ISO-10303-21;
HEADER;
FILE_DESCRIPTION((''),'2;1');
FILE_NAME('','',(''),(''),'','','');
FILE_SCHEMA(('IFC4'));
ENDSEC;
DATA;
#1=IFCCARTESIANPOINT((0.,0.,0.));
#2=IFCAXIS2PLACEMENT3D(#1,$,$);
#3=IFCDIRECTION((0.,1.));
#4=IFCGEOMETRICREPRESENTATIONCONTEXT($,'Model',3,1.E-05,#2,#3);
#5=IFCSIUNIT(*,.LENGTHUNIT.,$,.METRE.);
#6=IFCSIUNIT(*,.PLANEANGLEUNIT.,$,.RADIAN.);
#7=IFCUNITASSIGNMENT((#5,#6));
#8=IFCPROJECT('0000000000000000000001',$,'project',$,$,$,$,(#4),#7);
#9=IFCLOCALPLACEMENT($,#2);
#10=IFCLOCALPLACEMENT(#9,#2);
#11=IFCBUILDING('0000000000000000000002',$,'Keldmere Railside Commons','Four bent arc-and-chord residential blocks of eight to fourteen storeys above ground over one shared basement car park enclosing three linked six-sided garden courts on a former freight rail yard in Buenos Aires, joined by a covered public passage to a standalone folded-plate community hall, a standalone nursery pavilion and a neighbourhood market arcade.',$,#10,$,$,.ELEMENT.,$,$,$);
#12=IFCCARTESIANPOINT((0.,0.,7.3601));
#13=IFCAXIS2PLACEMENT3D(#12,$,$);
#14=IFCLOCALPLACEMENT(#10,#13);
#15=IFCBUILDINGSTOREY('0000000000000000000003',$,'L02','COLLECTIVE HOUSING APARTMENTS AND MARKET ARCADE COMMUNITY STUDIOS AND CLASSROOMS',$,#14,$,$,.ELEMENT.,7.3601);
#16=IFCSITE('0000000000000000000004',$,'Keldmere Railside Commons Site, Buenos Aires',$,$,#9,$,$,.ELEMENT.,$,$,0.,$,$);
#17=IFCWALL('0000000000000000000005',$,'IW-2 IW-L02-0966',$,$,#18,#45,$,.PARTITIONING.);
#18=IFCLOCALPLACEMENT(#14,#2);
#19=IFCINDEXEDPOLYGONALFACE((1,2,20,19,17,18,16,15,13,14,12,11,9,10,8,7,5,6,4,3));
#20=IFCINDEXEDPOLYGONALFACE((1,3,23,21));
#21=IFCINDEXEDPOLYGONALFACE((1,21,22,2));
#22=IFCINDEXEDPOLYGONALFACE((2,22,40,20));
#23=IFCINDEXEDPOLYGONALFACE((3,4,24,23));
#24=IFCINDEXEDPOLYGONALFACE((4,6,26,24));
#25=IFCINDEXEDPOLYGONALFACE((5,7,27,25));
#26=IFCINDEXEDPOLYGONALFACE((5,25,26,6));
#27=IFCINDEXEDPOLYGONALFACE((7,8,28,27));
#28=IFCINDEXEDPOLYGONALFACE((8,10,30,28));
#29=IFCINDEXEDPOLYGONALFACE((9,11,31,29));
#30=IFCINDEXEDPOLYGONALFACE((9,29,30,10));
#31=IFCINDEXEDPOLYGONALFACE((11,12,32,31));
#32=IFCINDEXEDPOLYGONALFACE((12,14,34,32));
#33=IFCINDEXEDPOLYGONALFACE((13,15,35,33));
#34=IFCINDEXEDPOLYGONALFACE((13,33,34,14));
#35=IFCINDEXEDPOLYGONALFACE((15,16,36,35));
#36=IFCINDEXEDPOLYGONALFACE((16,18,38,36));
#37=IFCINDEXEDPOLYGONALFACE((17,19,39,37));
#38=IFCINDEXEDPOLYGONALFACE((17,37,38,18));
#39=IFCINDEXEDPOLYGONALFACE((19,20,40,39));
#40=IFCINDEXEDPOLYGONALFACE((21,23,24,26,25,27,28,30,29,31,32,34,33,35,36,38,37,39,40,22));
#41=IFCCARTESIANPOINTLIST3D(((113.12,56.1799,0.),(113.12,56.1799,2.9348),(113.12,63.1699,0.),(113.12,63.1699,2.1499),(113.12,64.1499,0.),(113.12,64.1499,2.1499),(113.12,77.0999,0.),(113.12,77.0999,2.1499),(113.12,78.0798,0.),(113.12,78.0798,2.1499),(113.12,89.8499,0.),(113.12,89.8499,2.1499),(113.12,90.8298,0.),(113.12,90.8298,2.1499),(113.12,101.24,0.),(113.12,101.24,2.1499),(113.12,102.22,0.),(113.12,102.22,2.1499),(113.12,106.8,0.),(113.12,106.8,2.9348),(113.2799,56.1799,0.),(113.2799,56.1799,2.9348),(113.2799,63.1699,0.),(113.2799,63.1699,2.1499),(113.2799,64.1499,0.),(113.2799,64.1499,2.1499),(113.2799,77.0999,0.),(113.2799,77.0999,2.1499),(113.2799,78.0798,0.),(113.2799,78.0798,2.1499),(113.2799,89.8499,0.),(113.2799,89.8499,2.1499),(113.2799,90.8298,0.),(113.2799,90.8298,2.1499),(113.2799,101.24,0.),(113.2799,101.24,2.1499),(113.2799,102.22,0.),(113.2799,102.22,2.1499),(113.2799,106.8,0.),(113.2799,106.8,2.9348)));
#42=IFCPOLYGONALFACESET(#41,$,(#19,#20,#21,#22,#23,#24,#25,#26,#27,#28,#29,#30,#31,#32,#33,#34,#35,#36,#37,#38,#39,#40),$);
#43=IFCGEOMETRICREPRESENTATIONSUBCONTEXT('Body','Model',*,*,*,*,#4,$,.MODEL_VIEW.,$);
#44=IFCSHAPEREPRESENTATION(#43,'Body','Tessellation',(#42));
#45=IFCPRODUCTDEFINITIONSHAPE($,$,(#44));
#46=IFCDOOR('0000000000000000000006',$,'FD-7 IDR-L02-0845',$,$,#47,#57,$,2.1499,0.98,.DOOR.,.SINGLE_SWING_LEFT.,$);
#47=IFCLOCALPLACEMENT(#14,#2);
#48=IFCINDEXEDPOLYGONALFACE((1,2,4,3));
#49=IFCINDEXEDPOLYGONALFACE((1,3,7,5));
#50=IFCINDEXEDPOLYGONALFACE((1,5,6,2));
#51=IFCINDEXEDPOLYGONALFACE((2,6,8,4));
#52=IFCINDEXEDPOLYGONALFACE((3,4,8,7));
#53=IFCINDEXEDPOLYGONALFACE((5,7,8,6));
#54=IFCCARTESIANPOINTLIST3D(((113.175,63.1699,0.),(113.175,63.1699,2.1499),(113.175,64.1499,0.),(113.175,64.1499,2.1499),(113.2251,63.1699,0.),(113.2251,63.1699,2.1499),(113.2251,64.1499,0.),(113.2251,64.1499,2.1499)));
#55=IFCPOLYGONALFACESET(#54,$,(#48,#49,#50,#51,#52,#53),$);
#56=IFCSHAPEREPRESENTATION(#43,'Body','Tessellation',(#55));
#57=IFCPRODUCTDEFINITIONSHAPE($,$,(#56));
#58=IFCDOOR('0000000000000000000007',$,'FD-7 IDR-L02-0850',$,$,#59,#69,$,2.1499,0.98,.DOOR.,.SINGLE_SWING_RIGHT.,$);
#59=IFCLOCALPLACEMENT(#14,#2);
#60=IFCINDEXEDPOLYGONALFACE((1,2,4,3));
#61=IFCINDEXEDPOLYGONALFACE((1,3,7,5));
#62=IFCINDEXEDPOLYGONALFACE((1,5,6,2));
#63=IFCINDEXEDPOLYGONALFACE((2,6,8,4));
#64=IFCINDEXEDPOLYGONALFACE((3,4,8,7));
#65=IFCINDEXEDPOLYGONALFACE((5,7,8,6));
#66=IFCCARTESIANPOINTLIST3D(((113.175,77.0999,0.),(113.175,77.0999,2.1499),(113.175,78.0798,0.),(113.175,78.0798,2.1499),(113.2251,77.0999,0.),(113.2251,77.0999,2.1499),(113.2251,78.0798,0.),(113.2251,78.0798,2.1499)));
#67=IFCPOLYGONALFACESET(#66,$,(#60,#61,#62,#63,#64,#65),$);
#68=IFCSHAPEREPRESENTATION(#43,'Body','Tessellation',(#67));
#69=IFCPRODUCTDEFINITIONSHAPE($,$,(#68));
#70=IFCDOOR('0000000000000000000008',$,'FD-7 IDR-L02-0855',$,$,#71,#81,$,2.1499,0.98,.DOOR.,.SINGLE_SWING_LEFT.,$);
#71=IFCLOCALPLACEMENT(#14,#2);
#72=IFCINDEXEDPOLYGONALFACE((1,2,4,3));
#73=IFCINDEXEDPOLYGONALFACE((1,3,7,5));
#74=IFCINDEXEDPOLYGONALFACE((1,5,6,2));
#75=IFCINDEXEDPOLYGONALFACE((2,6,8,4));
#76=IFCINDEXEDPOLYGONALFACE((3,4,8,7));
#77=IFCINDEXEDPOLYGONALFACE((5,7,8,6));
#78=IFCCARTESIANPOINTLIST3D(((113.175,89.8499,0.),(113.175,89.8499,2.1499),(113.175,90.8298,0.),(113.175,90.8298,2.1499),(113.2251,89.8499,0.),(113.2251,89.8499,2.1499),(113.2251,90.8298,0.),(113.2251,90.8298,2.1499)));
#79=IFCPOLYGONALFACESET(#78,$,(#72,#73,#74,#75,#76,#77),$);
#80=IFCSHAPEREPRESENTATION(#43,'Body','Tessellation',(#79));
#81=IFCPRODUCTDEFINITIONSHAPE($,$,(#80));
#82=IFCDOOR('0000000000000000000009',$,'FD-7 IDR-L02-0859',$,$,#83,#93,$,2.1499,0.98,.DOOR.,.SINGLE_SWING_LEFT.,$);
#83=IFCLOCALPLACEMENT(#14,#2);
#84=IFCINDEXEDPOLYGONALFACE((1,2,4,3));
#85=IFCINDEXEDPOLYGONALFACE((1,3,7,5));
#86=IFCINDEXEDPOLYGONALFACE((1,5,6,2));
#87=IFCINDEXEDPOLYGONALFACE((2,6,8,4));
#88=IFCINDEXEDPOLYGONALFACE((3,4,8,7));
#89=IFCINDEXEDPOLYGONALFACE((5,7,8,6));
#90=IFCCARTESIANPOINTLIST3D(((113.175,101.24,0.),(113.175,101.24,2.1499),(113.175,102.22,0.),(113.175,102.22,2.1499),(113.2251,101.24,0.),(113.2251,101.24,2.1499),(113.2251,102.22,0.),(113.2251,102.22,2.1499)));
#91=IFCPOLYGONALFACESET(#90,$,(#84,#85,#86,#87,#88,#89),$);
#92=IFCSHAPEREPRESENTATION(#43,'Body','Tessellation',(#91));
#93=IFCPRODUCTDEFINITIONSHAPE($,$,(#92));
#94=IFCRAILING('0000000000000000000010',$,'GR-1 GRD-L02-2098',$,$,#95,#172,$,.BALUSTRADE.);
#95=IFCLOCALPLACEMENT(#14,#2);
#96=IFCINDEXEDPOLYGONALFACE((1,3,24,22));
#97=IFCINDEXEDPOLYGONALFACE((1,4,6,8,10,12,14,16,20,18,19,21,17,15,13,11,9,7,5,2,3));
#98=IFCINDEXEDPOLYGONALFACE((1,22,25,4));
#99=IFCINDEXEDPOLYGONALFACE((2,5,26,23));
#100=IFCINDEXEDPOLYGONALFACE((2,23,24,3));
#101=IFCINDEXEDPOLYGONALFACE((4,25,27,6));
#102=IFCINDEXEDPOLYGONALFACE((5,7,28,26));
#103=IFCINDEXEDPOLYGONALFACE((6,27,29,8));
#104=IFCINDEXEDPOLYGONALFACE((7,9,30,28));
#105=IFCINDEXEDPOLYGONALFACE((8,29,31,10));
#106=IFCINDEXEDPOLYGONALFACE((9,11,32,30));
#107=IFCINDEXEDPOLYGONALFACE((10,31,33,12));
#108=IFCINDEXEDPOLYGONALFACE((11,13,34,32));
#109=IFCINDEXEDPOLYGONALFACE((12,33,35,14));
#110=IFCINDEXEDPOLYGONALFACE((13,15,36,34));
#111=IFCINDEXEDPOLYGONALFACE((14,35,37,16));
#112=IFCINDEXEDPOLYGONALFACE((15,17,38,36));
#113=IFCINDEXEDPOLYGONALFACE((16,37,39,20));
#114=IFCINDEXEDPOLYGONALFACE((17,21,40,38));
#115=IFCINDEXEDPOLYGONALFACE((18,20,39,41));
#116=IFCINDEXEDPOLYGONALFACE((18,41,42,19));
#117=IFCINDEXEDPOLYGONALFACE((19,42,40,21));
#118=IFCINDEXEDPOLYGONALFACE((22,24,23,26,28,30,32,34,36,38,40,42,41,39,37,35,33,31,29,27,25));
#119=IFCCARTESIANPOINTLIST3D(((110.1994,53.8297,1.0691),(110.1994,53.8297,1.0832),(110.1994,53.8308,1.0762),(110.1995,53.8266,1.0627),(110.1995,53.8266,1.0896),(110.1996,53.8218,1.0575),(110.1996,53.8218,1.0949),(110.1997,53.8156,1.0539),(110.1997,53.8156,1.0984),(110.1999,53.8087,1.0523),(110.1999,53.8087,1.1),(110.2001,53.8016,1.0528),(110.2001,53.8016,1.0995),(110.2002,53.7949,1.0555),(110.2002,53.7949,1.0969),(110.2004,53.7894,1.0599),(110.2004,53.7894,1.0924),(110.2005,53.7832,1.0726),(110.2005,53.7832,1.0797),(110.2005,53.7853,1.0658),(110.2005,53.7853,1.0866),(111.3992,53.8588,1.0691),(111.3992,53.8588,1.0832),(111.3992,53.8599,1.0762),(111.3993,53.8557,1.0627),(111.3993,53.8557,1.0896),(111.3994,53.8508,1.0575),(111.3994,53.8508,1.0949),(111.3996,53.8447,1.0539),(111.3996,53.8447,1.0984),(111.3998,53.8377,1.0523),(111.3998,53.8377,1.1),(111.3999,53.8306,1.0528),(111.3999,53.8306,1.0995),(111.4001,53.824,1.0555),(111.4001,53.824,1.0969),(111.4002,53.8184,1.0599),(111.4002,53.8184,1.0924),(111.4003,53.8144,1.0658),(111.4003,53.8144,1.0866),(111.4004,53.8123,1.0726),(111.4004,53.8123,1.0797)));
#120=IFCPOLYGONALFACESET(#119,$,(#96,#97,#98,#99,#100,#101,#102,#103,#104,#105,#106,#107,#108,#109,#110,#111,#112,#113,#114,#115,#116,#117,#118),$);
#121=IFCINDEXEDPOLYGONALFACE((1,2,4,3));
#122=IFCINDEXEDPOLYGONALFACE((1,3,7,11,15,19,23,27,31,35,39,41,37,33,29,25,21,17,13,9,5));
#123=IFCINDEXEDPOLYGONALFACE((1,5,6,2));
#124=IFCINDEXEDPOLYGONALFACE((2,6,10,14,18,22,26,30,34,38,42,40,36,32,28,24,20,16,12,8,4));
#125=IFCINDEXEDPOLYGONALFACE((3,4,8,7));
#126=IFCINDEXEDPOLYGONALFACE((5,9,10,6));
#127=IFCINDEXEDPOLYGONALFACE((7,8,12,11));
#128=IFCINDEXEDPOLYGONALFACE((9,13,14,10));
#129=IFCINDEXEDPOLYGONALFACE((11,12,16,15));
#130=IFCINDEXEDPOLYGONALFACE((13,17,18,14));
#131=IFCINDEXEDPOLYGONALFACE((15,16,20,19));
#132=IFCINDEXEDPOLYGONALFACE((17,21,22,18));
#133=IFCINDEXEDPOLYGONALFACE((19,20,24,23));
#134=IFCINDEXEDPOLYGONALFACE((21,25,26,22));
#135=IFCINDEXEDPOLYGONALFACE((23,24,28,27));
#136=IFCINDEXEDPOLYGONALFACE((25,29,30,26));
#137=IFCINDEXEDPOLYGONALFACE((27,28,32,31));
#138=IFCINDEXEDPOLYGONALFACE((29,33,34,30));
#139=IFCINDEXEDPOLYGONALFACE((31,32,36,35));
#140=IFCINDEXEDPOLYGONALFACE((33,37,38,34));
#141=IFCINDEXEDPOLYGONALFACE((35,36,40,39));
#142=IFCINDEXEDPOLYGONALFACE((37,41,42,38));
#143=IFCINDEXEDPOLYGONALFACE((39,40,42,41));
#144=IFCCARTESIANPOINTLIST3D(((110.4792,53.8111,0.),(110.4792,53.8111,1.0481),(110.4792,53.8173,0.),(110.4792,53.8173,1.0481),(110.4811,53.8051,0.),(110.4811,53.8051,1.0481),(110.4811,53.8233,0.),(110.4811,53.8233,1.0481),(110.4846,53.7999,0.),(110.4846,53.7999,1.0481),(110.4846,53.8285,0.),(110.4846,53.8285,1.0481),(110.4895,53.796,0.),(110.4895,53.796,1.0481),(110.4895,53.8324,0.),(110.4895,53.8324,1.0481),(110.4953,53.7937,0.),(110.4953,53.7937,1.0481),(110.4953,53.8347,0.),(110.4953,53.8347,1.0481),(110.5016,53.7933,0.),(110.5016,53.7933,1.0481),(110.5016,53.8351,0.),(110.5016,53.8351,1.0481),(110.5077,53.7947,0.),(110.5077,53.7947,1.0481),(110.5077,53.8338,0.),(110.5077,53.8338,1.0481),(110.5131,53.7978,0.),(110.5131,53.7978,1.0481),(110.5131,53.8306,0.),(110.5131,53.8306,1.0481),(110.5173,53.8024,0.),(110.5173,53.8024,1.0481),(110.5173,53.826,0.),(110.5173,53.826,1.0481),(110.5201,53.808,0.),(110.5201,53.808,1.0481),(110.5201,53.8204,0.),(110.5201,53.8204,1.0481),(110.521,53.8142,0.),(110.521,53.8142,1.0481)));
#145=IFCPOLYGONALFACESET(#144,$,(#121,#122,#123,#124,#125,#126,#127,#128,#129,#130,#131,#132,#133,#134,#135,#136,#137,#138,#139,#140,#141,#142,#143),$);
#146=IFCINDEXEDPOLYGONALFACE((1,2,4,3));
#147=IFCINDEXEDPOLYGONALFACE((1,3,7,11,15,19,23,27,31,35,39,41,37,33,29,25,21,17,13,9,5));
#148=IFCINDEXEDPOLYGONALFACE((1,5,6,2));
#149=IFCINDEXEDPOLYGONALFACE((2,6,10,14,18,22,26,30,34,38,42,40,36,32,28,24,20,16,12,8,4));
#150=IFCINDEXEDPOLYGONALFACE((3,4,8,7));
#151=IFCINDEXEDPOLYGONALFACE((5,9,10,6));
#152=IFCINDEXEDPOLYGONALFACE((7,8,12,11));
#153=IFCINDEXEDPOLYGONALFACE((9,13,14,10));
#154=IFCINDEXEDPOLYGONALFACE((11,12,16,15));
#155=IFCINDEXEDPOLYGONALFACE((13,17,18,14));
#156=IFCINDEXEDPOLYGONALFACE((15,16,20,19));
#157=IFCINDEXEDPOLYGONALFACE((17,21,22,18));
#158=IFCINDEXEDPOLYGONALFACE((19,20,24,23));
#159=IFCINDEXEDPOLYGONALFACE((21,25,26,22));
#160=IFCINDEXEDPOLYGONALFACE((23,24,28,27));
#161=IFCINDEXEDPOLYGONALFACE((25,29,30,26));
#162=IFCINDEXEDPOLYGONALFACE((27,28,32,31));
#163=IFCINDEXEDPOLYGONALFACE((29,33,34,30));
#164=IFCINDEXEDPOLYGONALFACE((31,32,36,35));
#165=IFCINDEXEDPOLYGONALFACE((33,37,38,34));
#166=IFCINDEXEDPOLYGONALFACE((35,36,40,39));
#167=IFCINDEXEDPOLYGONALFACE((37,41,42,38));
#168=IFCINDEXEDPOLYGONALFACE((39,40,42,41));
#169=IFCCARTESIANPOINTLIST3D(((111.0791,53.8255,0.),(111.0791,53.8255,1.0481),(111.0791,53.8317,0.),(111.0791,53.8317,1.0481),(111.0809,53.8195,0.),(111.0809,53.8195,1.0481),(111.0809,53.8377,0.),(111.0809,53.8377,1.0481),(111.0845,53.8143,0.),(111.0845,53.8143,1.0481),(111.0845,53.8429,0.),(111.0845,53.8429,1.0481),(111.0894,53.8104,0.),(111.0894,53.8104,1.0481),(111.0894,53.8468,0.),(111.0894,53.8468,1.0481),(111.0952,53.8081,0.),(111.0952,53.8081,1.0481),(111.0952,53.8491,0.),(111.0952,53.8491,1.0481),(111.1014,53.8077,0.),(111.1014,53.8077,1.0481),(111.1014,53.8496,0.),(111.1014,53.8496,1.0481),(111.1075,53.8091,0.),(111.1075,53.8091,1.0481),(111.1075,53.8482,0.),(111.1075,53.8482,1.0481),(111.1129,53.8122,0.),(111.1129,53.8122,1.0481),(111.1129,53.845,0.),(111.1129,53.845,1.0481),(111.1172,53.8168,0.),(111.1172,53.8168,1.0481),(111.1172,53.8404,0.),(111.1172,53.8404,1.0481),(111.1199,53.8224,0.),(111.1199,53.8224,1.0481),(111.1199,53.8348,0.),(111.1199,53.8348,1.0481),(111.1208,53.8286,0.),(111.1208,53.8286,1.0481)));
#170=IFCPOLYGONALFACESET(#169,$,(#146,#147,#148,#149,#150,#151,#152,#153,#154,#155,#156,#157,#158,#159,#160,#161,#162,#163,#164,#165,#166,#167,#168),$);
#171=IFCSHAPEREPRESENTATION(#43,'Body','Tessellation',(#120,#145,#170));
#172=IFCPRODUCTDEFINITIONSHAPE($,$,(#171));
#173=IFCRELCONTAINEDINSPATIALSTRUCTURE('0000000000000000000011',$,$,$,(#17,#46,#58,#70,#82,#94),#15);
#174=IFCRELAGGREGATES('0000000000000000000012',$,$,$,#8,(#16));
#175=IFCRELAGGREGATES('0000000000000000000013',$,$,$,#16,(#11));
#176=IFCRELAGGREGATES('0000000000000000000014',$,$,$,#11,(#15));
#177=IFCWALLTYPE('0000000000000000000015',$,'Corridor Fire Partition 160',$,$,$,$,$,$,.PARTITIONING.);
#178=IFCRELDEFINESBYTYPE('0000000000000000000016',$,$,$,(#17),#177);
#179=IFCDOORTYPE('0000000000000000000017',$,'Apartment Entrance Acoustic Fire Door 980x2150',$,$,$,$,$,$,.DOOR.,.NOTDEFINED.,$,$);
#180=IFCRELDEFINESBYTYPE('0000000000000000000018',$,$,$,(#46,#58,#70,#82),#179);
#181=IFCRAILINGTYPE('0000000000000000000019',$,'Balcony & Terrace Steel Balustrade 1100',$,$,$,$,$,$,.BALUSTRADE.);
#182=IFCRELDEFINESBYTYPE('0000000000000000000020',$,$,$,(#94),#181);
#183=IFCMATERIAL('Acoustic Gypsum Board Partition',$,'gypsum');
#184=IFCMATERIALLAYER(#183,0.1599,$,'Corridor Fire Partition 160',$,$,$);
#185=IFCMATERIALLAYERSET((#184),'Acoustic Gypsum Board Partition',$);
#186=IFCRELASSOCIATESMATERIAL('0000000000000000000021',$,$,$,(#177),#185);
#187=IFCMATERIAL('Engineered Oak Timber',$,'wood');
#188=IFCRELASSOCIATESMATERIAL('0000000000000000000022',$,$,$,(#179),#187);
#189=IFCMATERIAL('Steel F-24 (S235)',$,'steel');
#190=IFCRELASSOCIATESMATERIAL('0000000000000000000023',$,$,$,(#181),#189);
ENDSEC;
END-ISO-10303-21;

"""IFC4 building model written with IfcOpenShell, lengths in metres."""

from ifc_helpers import new_model, si_unit, direction, frame, frame_2d, origin, origin_2d, place, context, subcontext, project, spatial, rectangle, circle, extrude, material, layer, layer_set, type_object, element, fill, save


model = new_model("IFC4")

# Units and contexts
model_context = context("Model", 3, precision=1e-05, world=origin(), true_north=direction((0.0, 1.0)))
body_context = subcontext(model_context, "Body", "Model", "MODEL_VIEW")
ifc_project = project(units=[si_unit("LENGTHUNIT", "METRE"), si_unit("PLANEANGLEUNIT", "RADIAN")], contexts=[model_context])

# Site, building, storey
site_placement = place(None, origin())
site = spatial("IfcSite", under=ifc_project, at=site_placement, Name="Keldmere Railside Commons Site, Buenos Aires", CompositionType="ELEMENT", RefElevation=0.0)
building_placement = place(site_placement, origin())
building = spatial("IfcBuilding", under=site, at=building_placement, Name="Keldmere Railside Commons", Description="Four bent arc-and-chord residential blocks of eight to fourteen storeys above ground over one shared basement car park enclosing three linked six-sided garden courts on a former freight rail yard in Buenos Aires, joined by a covered public passage to a standalone folded-plate community hall, a standalone nursery pavilion and a neighbourhood market arcade.", CompositionType="ELEMENT")
storey_placement = place(building_placement, frame((0.0, 0.0, 7.3601)))
storey = spatial("IfcBuildingStorey", under=building, at=storey_placement, Name="L02", Description="COLLECTIVE HOUSING APARTMENTS AND MARKET ARCADE COMMUNITY STUDIOS AND CLASSROOMS", CompositionType="ELEMENT", Elevation=7.3601)

# Wall, openings, doors
ifc_material_1 = material(Name="Acoustic Gypsum Board Partition", Category="gypsum")
ifc_layer = layer(ifc_material_1, 0.1599, Name="Corridor Fire Partition 160")
ifc_layer_set = layer_set([ifc_layer], Name="Acoustic Gypsum Board Partition")
wall_type = type_object("IfcWallType", Name="Corridor Fire Partition 160", PredefinedType="PARTITIONING", material=ifc_layer_set)
ifc_material_2 = material(Name="Engineered Oak Timber", Category="wood")
door_type_1 = type_object("IfcDoorType", Name="Apartment Entrance Acoustic Fire Door 980x2150", OperationType="NOTDEFINED", PredefinedType="DOOR", material=ifc_material_2)
ifc_material_3 = material(Name="Steel F-24 (S235)", Category="steel")
wall_1_placement = place(storey_placement, frame((113.2, 56.1799, 0.0), z_axis=(0.0, 0.0, 1.0), x_axis=(0.0, 1.0, 0.0)))
wall_1 = element("IfcWall", 1, at=wall_1_placement, inside=storey, type_object=wall_type, Name="IW-2 IW-L02-0966", PredefinedType="PARTITIONING", context=body_context, shape_type="SweptSolid", body=[
    extrude(rectangle(XDim=50.6201, YDim=0.1599, at=frame_2d((25.3101, 0.0))), origin(), (0.0, 0.0, 1.0), 2.9348),
])
opening_1_placement = place(wall_1_placement, frame((6.99, 0.0, 0.0)))
opening_1 = element("IfcOpeningElement", 2, at=opening_1_placement, cuts=wall_1, PredefinedType="OPENING", context=body_context, shape_type="SweptSolid", body=[
    extrude(rectangle(XDim=0.98, YDim=2.1499, at=frame_2d((0.49, 1.075))), frame((0.0, 0.0898, 0.0), z_axis=(0.0, -1.0, 0.0), x_axis=(1.0, 0.0, 0.0)), (0.0, 0.0, 1.0), 0.1799),
])
opening_2_placement = place(wall_1_placement, frame((20.9199, 0.0, 0.0)))
opening_2 = element("IfcOpeningElement", 3, at=opening_2_placement, cuts=wall_1, PredefinedType="OPENING", context=body_context, shape_type="SweptSolid", body=[
    extrude(rectangle(XDim=0.98, YDim=2.1499, at=frame_2d((0.49, 1.075))), frame((0.0, 0.0898, 0.0), z_axis=(0.0, -1.0, 0.0), x_axis=(1.0, 0.0, 0.0)), (0.0, 0.0, 1.0), 0.1799),
])
opening_3_placement = place(wall_1_placement, frame((33.6699, 0.0, 0.0)))
opening_3 = element("IfcOpeningElement", 4, at=opening_3_placement, cuts=wall_1, PredefinedType="OPENING", context=body_context, shape_type="SweptSolid", body=[
    extrude(rectangle(XDim=0.98, YDim=2.1499, at=frame_2d((0.49, 1.075))), frame((0.0, 0.0898, 0.0), z_axis=(0.0, -1.0, 0.0), x_axis=(1.0, 0.0, 0.0)), (0.0, 0.0, 1.0), 0.1799),
])
opening_4_placement = place(wall_1_placement, frame((45.0601, 0.0, 0.0)))
opening_4 = element("IfcOpeningElement", 5, at=opening_4_placement, cuts=wall_1, PredefinedType="OPENING", context=body_context, shape_type="SweptSolid", body=[
    extrude(rectangle(XDim=0.98, YDim=2.1499, at=frame_2d((0.49, 1.075))), frame((0.0, 0.0898, 0.0), z_axis=(0.0, -1.0, 0.0), x_axis=(1.0, 0.0, 0.0)), (0.0, 0.0, 1.0), 0.1799),
])
door_1_placement = place(opening_1_placement, origin())
door_1 = element("IfcDoor", 6, at=door_1_placement, inside=storey, type_object=door_type_1, Name="FD-7 IDR-L02-0845", OperationType="SINGLE_SWING_LEFT", OverallHeight=2.1499, OverallWidth=0.98, PredefinedType="DOOR", context=body_context, shape_type="SweptSolid", body=[
    extrude(rectangle(XDim=0.98, YDim=2.1499, at=frame_2d((0.49, 1.075))), frame((0.0, 0.0249, 0.0), z_axis=(0.0, -1.0, 0.0), x_axis=(1.0, 0.0, 0.0)), (0.0, 0.0, 1.0), 0.05),
])
fill(opening_1, door_1)
door_2_placement = place(opening_2_placement, origin())
door_2 = element("IfcDoor", 7, at=door_2_placement, inside=storey, type_object=door_type_1, Name="FD-7 IDR-L02-0850", OperationType="SINGLE_SWING_RIGHT", OverallHeight=2.1499, OverallWidth=0.98, PredefinedType="DOOR", context=body_context, shape_type="SweptSolid", body=[
    extrude(rectangle(XDim=0.98, YDim=2.1499, at=frame_2d((0.49, 1.075))), frame((0.0, 0.0249, 0.0), z_axis=(0.0, -1.0, 0.0), x_axis=(1.0, 0.0, 0.0)), (0.0, 0.0, 1.0), 0.05),
])
fill(opening_2, door_2)
door_3_placement = place(opening_3_placement, origin())
door_3 = element("IfcDoor", 8, at=door_3_placement, inside=storey, type_object=door_type_1, Name="FD-7 IDR-L02-0855", OperationType="SINGLE_SWING_LEFT", OverallHeight=2.1499, OverallWidth=0.98, PredefinedType="DOOR", context=body_context, shape_type="SweptSolid", body=[
    extrude(rectangle(XDim=0.98, YDim=2.1499, at=frame_2d((0.49, 1.075))), frame((0.0, 0.0249, 0.0), z_axis=(0.0, -1.0, 0.0), x_axis=(1.0, 0.0, 0.0)), (0.0, 0.0, 1.0), 0.05),
])
fill(opening_3, door_3)
door_4_placement = place(opening_4_placement, origin())
door_4 = element("IfcDoor", 9, at=door_4_placement, inside=storey, type_object=door_type_1, Name="FD-7 IDR-L02-0859", OperationType="SINGLE_SWING_LEFT", OverallHeight=2.1499, OverallWidth=0.98, PredefinedType="DOOR", context=body_context, shape_type="SweptSolid", body=[
    extrude(rectangle(XDim=0.98, YDim=2.1499, at=frame_2d((0.49, 1.075))), frame((0.0, 0.0249, 0.0), z_axis=(0.0, -1.0, 0.0), x_axis=(1.0, 0.0, 0.0)), (0.0, 0.0, 1.0), 0.05),
])
fill(opening_4, door_4)

# Railing
railing_type = type_object("IfcRailingType", Name="Balcony & Terrace Steel Balustrade 1100", PredefinedType="BALUSTRADE", material=ifc_material_3)
railing_1_placement = place(storey_placement, frame((110.2, 53.8069, 0.0)))
element("IfcRailing", 10, at=railing_1_placement, inside=storey, type_object=railing_type, Name="GR-1 GRD-L02-2098", PredefinedType="BALUSTRADE", context=body_context, shape_type="SweptSolid", body=[
    extrude(circle(Radius=0.0239, at=origin_2d()), frame((0.0, 0.0, 1.0762), z_axis=(0.999707, 0.024205, 0.0), x_axis=(-0.024205, 0.999707, 0.0)), (0.0, 0.0, 1.0), 1.2002),
    extrude(circle(Radius=0.021, at=origin_2d()), frame((0.3, 0.0073, 0.0)), (0.0, 0.0, 1.0), 1.0481),
    extrude(circle(Radius=0.021, at=origin_2d()), frame((0.8999, 0.0217, 0.0)), (0.0, 0.0, 1.0), 1.0481),
])

save(model, "model.ifc")
